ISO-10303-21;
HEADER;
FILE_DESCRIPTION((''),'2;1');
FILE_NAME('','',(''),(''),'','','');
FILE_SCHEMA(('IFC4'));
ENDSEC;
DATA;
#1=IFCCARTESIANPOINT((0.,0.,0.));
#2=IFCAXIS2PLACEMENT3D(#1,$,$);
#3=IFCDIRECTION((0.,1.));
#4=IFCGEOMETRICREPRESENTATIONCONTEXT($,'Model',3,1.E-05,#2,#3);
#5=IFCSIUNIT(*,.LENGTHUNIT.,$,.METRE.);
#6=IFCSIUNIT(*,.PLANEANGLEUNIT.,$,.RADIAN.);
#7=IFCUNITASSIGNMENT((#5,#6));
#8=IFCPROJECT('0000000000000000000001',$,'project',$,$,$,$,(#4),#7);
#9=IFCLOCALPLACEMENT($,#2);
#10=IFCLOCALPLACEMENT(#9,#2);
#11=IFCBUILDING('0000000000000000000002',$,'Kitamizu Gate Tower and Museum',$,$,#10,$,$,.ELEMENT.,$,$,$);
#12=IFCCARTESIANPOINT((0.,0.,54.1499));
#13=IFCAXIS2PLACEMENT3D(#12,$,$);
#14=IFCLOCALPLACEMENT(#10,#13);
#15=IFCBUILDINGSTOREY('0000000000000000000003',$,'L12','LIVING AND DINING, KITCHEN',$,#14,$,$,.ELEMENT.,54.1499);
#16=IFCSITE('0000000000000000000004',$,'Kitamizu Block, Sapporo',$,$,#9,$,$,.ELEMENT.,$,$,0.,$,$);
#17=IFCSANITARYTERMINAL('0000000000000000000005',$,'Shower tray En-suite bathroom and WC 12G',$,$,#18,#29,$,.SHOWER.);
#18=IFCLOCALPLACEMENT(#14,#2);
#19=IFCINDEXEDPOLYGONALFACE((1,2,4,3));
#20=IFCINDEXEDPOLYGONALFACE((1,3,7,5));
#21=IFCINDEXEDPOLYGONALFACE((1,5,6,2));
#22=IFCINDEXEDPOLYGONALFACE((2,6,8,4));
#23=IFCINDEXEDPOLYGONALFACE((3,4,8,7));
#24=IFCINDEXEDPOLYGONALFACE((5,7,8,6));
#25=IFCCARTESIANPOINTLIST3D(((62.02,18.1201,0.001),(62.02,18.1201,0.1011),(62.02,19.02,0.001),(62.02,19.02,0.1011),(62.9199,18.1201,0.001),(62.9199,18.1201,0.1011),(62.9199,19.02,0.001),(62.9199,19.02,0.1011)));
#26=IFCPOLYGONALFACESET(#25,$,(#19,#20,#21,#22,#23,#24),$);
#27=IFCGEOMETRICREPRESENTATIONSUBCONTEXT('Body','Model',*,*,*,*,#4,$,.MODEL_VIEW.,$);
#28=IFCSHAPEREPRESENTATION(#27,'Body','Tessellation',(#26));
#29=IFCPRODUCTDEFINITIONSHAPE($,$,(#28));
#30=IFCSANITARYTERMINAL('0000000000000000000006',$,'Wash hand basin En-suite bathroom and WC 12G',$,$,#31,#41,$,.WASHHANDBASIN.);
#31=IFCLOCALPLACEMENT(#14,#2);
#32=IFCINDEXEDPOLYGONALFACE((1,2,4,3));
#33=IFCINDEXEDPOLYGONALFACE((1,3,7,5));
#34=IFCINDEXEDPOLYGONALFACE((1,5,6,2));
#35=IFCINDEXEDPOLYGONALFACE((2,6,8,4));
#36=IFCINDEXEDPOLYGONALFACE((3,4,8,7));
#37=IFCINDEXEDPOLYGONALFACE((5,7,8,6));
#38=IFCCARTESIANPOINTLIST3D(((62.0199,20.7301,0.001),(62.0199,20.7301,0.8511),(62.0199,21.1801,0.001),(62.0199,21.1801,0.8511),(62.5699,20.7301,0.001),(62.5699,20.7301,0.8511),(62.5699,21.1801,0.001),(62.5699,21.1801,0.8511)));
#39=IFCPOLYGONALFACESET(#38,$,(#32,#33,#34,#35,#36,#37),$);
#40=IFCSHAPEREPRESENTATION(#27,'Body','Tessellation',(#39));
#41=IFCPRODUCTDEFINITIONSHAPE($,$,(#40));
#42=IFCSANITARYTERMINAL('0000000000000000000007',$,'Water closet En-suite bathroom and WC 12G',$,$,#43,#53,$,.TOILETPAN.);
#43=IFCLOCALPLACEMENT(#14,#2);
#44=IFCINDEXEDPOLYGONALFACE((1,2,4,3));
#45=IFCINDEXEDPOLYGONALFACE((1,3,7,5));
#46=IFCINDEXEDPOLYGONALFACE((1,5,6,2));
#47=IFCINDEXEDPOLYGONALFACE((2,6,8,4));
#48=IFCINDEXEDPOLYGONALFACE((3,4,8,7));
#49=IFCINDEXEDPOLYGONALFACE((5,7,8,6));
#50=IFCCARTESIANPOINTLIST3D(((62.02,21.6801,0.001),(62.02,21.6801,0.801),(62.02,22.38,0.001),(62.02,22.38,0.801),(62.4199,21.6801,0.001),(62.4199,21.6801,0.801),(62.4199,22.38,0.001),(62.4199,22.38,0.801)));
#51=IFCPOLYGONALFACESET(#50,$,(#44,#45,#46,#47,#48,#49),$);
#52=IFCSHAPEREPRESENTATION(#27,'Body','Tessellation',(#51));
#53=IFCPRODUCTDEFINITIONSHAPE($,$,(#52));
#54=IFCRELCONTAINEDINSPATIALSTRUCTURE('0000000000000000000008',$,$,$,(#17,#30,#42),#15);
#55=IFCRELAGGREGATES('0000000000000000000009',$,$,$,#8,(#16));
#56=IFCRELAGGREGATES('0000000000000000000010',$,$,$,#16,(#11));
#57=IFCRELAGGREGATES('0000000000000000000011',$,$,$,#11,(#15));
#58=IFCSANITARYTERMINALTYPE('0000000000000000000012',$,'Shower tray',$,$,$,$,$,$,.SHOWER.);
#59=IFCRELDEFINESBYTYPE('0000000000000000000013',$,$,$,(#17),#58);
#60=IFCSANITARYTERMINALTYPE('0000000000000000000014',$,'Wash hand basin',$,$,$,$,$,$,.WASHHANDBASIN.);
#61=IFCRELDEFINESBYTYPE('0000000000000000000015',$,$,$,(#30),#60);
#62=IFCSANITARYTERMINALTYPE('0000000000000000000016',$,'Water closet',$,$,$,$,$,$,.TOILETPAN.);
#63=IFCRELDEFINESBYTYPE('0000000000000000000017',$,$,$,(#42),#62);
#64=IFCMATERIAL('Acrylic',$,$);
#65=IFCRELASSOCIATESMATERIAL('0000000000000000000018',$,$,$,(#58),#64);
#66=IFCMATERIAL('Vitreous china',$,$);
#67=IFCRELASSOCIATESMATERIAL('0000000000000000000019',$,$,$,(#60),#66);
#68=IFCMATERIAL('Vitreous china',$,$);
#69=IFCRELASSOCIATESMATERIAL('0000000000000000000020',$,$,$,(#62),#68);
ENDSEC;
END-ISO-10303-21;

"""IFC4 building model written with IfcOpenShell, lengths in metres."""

from ifc_helpers import new_model, si_unit, direction, frame, origin, origin_2d, place, context, subcontext, project, spatial, rectangle, extrude, material, type_object, element, save


model = new_model("IFC4")

# Units and contexts
model_context = context("Model", 3, precision=1e-05, world=origin(), true_north=direction((0.0, 1.0)))
body_context = subcontext(model_context, "Body", "Model", "MODEL_VIEW")
ifc_project = project(units=[si_unit("LENGTHUNIT", "METRE"), si_unit("PLANEANGLEUNIT", "RADIAN")], contexts=[model_context])

# Site, building, storey
site_placement = place(None, origin())
site = spatial("IfcSite", under=ifc_project, at=site_placement, Name="Kitamizu Block, Sapporo", CompositionType="ELEMENT", RefElevation=0.0)
building_placement = place(site_placement, origin())
building = spatial("IfcBuilding", under=site, at=building_placement, Name="Kitamizu Gate Tower and Museum", CompositionType="ELEMENT")
storey_placement = place(building_placement, frame((0.0, 0.0, 54.1499)))
storey = spatial("IfcBuildingStorey", under=building, at=storey_placement, Name="L12", Description="LIVING AND DINING, KITCHEN", CompositionType="ELEMENT", Elevation=54.1499)

# Sanitary terminals
ifc_material_1 = material(Name="Acrylic")
sanitary_terminal_type_1 = type_object("IfcSanitaryTerminalType", Name="Shower tray", PredefinedType="SHOWER", material=ifc_material_1)
sanitary_terminal_1_placement = place(storey_placement, frame((62.47, 18.5701, 0.001), z_axis=(0.0, 0.0, 1.0), x_axis=(1.0, 0.0, 0.0)))
element("IfcSanitaryTerminal", 1, at=sanitary_terminal_1_placement, inside=storey, type_object=sanitary_terminal_type_1, Name="Shower tray En-suite bathroom and WC 12G", PredefinedType="SHOWER", context=body_context, shape_type="SweptSolid", body=[
    extrude(rectangle(XDim=0.8999, YDim=0.8999, at=origin_2d()), origin(), (0.0, 0.0, 1.0), 0.1001),
])
ifc_material_2 = material(Name="Vitreous china")
sanitary_terminal_type_2 = type_object("IfcSanitaryTerminalType", Name="Wash hand basin", PredefinedType="WASHHANDBASIN", material=ifc_material_2)
sanitary_terminal_2_placement = place(storey_placement, frame((62.2949, 20.9551, 0.001), z_axis=(0.0, 0.0, 1.0), x_axis=(1.0, 0.0, 0.0)))
element("IfcSanitaryTerminal", 2, at=sanitary_terminal_2_placement, inside=storey, type_object=sanitary_terminal_type_2, Name="Wash hand basin En-suite bathroom and WC 12G", PredefinedType="WASHHANDBASIN", context=body_context, shape_type="SweptSolid", body=[
    extrude(rectangle(XDim=0.55, YDim=0.45, at=origin_2d()), origin(), (0.0, 0.0, 1.0), 0.8501),
])
ifc_material_3 = material(Name="Vitreous china")
sanitary_terminal_type_3 = type_object("IfcSanitaryTerminalType", Name="Water closet", PredefinedType="TOILETPAN", material=ifc_material_3)
sanitary_terminal_3_placement = place(storey_placement, frame((62.22, 22.03, 0.001), z_axis=(0.0, 0.0, 1.0), x_axis=(1.0, 0.0, 0.0)))
element("IfcSanitaryTerminal", 3, at=sanitary_terminal_3_placement, inside=storey, type_object=sanitary_terminal_type_3, Name="Water closet En-suite bathroom and WC 12G", PredefinedType="TOILETPAN", context=body_context, shape_type="SweptSolid", body=[
    extrude(rectangle(XDim=0.3999, YDim=0.7, at=origin_2d()), origin(), (0.0, 0.0, 1.0), 0.8),
])

save(model, "model.ifc")
